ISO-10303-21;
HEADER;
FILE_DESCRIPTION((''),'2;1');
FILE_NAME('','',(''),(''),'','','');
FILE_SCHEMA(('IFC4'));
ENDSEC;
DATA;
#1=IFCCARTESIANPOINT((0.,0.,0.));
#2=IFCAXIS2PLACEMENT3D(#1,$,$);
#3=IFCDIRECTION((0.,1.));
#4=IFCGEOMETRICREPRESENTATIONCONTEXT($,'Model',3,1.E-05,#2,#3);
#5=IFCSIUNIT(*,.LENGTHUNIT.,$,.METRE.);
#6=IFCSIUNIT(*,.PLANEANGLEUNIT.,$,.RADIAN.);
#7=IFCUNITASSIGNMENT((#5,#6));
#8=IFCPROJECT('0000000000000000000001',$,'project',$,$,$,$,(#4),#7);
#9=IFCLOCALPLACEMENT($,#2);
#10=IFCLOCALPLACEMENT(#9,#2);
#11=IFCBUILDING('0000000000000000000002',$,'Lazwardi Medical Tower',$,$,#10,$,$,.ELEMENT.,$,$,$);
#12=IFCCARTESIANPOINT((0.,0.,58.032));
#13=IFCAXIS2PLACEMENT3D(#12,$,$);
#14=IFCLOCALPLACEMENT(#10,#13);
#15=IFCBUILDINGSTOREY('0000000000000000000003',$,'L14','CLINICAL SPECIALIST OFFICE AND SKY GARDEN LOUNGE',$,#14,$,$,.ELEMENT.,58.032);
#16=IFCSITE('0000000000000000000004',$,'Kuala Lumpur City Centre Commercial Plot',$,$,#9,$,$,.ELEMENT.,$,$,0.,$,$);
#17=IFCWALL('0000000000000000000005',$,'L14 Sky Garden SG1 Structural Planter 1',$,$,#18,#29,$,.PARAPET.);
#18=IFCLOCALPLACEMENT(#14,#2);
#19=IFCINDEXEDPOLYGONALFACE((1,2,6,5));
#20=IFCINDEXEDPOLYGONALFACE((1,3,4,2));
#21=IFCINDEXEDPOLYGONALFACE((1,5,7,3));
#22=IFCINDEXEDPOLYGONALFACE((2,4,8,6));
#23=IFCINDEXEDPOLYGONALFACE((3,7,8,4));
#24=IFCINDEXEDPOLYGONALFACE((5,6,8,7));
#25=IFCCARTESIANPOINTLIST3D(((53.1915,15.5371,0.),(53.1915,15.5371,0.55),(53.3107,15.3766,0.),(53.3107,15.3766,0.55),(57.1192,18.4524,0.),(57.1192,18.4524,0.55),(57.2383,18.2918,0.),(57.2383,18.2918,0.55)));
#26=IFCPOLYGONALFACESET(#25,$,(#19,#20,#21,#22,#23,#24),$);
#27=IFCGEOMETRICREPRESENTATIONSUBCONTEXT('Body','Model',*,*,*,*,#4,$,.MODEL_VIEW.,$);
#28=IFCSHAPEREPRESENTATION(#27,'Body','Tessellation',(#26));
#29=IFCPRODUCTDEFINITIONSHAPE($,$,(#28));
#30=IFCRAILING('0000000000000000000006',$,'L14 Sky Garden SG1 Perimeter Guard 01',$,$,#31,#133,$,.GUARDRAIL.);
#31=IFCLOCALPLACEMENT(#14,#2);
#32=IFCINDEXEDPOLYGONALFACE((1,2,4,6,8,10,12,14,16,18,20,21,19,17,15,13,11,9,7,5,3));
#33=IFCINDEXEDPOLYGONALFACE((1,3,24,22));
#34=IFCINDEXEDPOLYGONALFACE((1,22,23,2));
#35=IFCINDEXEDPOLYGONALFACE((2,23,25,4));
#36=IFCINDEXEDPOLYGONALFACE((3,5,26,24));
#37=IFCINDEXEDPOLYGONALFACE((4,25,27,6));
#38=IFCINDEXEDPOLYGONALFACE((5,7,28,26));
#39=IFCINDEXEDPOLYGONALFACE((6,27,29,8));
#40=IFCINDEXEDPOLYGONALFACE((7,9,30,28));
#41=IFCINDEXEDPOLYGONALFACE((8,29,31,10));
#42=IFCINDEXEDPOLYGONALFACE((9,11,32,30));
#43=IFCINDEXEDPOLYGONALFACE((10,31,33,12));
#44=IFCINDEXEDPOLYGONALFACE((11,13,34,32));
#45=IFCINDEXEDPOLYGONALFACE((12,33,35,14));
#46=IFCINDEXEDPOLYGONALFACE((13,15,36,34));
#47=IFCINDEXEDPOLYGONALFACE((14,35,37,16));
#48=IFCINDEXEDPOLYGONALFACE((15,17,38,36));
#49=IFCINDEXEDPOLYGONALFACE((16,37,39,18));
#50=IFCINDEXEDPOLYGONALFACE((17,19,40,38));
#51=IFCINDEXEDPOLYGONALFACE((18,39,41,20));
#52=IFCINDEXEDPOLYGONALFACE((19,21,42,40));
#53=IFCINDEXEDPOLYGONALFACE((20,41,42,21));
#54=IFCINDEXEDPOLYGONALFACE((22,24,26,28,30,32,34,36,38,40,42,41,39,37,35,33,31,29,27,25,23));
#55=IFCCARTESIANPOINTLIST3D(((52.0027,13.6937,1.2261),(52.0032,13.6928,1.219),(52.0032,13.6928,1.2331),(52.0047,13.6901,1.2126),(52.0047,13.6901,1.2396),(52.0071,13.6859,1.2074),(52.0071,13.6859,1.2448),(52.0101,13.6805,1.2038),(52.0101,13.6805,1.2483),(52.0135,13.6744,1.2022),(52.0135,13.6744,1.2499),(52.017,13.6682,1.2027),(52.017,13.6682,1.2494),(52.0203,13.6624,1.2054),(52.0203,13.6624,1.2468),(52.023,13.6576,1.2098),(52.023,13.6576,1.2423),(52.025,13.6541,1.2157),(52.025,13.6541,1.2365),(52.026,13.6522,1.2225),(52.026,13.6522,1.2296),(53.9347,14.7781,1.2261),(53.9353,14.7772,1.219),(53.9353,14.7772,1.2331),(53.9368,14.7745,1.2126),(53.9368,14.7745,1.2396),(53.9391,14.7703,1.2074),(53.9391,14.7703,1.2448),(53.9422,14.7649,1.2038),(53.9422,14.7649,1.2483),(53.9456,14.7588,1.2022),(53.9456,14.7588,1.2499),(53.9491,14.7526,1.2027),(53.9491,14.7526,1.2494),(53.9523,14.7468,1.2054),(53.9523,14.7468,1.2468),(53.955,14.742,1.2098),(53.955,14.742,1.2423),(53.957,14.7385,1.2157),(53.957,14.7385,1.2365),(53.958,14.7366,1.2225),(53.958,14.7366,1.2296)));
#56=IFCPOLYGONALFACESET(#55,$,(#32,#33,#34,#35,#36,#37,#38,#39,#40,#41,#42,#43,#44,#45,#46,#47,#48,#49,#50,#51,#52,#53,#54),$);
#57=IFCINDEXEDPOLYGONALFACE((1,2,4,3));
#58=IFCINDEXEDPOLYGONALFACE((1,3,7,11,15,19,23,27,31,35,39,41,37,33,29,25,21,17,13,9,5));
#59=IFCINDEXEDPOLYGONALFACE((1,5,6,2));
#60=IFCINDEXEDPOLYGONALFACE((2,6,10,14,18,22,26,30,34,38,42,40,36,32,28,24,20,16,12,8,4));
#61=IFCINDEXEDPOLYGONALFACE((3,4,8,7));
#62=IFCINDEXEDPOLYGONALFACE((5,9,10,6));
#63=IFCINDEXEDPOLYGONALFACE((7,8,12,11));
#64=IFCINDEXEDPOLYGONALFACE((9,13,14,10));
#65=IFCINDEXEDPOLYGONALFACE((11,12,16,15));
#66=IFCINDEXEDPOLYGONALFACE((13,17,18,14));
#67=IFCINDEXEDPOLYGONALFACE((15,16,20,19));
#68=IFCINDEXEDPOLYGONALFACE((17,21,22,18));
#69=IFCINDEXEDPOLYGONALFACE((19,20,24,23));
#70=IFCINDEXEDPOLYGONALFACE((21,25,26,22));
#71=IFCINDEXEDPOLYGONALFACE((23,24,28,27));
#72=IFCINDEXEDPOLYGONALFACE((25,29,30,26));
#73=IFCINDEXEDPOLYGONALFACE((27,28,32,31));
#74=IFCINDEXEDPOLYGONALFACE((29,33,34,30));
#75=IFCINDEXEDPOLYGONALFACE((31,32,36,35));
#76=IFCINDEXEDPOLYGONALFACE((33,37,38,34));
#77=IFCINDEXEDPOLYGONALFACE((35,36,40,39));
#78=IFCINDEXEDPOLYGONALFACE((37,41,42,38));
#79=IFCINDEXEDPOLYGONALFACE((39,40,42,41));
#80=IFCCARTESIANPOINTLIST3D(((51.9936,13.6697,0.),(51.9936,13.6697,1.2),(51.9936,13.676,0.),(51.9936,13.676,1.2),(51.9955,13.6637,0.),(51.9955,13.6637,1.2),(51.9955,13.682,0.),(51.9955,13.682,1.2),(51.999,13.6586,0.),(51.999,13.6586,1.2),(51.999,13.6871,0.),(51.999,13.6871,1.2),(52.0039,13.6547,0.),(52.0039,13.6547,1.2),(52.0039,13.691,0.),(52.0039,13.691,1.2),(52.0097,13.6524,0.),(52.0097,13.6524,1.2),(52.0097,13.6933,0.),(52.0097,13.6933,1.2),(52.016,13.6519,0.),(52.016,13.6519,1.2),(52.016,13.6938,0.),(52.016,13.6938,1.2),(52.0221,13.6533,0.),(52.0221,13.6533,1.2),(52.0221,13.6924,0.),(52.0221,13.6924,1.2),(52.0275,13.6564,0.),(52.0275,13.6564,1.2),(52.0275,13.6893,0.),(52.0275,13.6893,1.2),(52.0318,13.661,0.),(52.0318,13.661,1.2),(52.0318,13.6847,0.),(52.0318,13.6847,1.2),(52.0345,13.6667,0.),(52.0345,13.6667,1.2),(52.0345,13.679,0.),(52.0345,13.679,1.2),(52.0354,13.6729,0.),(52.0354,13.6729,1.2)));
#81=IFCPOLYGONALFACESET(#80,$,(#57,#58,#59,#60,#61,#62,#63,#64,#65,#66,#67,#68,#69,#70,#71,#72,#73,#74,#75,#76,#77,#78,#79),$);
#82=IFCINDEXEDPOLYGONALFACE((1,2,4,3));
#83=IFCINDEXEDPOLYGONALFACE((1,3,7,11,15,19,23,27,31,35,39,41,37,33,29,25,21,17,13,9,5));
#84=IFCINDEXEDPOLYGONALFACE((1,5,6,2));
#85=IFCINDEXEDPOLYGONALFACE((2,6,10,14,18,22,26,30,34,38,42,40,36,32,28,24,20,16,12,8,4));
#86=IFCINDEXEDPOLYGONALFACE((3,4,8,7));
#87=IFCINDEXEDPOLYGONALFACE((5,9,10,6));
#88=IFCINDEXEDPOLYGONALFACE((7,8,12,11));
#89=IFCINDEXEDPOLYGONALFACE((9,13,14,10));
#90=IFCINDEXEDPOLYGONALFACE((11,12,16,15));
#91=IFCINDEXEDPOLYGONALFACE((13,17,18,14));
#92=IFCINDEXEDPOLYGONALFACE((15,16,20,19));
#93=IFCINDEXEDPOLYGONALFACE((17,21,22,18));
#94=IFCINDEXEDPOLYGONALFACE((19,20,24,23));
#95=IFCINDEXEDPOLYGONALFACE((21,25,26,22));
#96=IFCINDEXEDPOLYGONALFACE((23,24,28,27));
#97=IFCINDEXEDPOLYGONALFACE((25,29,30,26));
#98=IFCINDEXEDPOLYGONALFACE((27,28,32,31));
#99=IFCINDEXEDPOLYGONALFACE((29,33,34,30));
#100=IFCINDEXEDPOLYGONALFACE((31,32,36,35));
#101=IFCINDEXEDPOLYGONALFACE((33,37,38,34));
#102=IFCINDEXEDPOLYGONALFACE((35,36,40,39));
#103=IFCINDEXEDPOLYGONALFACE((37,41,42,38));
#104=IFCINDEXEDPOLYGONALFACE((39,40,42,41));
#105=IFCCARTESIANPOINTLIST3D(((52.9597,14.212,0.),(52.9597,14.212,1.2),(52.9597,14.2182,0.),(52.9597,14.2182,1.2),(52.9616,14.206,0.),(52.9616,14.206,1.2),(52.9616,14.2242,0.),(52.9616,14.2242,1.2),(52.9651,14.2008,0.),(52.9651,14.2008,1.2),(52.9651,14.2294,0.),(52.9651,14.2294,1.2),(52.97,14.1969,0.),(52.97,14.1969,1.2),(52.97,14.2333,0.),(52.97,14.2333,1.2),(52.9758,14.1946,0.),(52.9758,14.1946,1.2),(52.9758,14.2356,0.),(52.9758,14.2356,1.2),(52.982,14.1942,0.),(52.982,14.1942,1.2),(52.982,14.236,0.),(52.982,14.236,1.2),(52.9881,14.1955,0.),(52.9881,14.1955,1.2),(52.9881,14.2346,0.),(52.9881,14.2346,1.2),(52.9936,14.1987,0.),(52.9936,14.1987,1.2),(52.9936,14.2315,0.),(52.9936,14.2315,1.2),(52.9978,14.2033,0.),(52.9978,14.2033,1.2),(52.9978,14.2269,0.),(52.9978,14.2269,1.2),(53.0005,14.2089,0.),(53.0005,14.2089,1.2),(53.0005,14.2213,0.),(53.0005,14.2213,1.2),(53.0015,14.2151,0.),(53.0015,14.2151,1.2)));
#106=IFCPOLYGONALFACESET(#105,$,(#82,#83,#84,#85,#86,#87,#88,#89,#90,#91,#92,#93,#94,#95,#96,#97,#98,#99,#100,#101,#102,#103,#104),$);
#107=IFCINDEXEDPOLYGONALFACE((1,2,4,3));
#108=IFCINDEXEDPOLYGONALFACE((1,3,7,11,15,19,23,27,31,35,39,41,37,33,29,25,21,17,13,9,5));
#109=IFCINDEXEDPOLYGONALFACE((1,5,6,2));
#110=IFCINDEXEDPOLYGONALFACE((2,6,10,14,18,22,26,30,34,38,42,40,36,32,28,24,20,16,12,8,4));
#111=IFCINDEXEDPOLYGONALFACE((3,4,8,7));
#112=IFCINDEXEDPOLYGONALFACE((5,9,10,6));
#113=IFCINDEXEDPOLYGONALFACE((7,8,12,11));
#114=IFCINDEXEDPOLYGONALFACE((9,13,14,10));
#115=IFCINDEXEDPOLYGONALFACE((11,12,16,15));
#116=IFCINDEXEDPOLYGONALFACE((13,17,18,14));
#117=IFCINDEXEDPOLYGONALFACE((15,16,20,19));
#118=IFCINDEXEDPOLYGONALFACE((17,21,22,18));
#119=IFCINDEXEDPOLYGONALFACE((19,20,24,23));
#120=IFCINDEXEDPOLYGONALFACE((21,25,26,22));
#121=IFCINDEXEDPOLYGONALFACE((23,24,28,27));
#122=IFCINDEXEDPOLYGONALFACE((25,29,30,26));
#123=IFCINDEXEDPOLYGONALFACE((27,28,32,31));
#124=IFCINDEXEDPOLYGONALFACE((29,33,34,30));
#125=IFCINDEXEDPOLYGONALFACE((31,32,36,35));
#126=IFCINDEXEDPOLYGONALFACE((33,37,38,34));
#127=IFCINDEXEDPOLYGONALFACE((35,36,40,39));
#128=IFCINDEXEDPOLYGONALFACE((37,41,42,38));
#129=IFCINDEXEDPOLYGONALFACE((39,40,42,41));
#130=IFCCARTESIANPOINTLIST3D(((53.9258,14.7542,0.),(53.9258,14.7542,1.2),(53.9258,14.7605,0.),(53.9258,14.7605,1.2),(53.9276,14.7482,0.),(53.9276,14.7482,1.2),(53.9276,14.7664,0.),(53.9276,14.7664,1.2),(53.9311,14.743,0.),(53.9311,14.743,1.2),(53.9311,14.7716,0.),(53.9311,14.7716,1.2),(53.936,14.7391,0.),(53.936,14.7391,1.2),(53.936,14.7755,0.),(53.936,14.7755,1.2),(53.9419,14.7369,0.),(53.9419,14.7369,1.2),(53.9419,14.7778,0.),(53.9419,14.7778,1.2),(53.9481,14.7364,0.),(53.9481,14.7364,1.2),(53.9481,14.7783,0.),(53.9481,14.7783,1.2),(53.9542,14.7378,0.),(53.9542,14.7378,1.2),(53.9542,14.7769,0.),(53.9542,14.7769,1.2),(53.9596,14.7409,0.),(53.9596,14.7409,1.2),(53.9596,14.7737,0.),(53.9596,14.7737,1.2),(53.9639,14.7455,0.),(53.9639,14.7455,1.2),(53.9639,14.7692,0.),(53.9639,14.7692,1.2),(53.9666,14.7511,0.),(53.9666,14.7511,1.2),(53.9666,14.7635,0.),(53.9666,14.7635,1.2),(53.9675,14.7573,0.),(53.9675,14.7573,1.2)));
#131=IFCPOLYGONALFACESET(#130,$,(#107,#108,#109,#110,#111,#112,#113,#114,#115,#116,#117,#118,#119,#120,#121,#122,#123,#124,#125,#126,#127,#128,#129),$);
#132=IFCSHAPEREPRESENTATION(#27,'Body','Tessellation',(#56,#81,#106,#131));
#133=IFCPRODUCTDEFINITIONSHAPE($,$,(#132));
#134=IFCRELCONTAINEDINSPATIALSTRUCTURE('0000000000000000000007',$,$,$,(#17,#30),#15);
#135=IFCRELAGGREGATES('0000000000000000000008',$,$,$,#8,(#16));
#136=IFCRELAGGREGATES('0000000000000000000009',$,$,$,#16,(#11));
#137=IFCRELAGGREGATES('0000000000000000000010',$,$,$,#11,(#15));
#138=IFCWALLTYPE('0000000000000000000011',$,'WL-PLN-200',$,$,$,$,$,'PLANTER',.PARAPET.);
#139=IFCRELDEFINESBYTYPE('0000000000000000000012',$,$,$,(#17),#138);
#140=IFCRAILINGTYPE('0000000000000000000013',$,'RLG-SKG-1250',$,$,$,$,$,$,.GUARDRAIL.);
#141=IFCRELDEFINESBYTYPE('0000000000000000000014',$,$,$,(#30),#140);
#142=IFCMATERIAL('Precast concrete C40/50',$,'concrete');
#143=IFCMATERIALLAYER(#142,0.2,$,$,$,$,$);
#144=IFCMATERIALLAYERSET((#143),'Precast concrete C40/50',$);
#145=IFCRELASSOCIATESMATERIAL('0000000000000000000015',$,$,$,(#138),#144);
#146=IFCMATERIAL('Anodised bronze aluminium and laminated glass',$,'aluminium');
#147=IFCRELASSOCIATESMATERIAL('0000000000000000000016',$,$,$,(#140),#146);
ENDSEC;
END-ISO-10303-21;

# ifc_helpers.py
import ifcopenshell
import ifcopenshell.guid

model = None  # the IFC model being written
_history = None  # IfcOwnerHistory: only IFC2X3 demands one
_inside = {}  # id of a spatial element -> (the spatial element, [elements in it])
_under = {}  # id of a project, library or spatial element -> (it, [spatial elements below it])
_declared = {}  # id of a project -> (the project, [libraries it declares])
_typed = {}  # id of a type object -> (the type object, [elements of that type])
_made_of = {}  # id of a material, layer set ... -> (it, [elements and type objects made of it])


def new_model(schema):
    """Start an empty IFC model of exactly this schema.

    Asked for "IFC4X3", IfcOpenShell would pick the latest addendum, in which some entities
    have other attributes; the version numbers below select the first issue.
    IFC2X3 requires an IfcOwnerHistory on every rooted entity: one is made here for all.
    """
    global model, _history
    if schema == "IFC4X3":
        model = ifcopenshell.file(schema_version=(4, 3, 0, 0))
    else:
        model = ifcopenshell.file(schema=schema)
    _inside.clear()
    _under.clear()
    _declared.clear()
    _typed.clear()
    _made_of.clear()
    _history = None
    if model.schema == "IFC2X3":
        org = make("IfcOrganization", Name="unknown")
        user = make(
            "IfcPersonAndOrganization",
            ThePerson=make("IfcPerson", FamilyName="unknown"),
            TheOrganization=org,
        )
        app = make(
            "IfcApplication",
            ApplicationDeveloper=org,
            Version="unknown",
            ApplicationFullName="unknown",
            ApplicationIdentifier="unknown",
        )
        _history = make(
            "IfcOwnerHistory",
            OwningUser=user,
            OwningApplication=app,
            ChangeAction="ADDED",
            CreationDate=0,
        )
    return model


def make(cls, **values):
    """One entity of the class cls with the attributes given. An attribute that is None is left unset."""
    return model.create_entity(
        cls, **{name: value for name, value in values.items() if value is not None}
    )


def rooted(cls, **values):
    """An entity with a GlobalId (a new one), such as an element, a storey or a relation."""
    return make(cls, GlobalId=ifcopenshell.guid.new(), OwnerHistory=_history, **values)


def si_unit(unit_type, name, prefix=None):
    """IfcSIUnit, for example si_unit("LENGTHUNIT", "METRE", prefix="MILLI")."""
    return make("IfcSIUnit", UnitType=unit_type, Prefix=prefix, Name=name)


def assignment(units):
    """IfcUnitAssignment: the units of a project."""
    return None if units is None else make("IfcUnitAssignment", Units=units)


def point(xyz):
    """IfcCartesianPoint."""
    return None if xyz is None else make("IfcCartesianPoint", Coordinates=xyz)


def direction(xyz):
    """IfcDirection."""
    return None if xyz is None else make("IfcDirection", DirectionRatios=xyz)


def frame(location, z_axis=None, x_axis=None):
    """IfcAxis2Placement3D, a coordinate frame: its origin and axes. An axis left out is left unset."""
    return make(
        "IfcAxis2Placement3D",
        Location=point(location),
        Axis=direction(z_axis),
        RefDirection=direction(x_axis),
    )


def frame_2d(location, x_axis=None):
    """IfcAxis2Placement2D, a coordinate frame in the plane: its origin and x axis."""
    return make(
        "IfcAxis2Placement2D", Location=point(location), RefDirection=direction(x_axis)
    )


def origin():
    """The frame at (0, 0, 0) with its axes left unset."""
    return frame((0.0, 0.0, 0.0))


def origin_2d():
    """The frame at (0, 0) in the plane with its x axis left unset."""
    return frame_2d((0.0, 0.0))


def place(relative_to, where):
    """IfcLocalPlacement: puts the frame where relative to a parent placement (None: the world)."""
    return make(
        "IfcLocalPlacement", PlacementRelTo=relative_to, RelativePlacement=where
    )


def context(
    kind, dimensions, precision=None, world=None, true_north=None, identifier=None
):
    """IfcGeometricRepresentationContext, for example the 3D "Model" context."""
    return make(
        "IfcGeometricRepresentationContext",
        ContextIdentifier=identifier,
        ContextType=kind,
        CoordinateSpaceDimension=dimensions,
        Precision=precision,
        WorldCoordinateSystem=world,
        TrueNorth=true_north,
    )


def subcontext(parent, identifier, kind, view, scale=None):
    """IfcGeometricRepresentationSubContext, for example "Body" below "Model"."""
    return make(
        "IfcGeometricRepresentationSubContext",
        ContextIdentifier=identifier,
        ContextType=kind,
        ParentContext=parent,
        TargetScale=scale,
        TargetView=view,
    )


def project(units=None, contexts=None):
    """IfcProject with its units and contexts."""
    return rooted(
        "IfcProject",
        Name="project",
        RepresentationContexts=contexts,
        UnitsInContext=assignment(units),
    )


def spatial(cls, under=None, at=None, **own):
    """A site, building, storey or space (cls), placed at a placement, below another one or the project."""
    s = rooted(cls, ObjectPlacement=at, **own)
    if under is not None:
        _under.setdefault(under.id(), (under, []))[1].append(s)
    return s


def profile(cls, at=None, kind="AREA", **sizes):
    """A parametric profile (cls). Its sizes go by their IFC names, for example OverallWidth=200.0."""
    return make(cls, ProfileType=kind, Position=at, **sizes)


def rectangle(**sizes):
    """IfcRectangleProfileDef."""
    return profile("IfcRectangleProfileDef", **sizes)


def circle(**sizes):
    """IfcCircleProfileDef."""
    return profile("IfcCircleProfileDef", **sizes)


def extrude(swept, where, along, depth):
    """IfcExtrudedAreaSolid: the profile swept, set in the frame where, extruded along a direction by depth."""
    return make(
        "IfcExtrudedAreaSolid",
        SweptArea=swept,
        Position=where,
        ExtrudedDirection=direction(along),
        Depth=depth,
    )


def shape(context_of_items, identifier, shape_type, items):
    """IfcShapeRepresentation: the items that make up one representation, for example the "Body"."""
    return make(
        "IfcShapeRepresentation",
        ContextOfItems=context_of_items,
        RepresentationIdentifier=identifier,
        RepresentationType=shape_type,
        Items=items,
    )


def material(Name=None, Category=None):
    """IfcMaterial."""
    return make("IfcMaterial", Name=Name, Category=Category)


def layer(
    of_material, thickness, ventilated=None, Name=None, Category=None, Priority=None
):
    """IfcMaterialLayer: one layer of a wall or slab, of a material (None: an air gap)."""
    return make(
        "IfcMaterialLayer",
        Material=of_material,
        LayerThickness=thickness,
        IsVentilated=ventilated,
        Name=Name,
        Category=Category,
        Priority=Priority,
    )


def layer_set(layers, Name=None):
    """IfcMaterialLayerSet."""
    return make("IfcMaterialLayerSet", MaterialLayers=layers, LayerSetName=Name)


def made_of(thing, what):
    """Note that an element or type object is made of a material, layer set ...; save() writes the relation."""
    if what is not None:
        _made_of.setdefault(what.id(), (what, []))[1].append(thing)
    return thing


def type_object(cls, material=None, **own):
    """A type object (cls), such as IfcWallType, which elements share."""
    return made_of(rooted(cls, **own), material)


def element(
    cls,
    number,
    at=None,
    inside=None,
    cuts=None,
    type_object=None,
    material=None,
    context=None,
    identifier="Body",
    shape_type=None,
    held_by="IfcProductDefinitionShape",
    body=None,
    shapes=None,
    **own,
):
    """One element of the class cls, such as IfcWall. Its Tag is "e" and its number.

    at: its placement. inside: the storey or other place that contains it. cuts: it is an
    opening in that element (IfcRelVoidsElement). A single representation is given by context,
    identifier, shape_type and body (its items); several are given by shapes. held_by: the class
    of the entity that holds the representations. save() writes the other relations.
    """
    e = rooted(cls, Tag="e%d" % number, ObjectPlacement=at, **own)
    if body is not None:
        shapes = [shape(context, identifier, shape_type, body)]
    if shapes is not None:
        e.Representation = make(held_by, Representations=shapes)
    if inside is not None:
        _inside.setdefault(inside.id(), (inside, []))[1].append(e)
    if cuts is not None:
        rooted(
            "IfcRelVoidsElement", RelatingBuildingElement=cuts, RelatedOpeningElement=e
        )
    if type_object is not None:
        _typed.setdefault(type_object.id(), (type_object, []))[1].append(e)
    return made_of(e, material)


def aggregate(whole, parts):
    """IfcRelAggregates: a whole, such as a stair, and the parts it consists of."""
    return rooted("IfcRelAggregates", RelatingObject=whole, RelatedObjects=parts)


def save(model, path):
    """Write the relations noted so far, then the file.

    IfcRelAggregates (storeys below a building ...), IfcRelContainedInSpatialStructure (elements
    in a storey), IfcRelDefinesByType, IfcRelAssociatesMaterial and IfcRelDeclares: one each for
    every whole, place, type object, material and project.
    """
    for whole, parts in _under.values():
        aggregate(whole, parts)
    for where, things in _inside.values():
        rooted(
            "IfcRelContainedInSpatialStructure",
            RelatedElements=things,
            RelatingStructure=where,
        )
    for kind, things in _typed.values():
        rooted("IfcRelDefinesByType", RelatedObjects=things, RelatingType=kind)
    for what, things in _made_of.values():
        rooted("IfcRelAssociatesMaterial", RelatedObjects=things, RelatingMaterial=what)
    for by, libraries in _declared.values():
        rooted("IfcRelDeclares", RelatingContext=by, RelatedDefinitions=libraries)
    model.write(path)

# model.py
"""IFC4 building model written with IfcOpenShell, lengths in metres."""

from ifc_helpers import new_model, si_unit, direction, frame, frame_2d, origin, origin_2d, place, context, subcontext, project, spatial, rectangle, circle, extrude, material, layer, layer_set, type_object, element, save


model = new_model("IFC4")

# Units and contexts
model_context = context("Model", 3, precision=1e-05, world=origin(), true_north=direction((0.0, 1.0)))
body_context = subcontext(model_context, "Body", "Model", "MODEL_VIEW")
ifc_project = project(units=[si_unit("LENGTHUNIT", "METRE"), si_unit("PLANEANGLEUNIT", "RADIAN")], contexts=[model_context])

# Site, building, storey
site_placement = place(None, origin())
site = spatial("IfcSite", under=ifc_project, at=site_placement, Name="Kuala Lumpur City Centre Commercial Plot", CompositionType="ELEMENT", RefElevation=0.0)
building_placement = place(site_placement, origin())
building = spatial("IfcBuilding", under=site, at=building_placement, Name="Lazwardi Medical Tower", CompositionType="ELEMENT")
storey_placement = place(building_placement, frame((0.0, 0.0, 58.032)))
storey = spatial("IfcBuildingStorey", under=building, at=storey_placement, Name="L14", Description="CLINICAL SPECIALIST OFFICE AND SKY GARDEN LOUNGE", CompositionType="ELEMENT", Elevation=58.032)

# Shared definitions
ifc_material_1 = material(Name="Anodised bronze aluminium and laminated glass", Category="aluminium")

# Wall
ifc_material_2 = material(Name="Precast concrete C40/50", Category="concrete")
ifc_layer_1 = layer(ifc_material_2, 0.2)
ifc_layer_set_1 = layer_set([ifc_layer_1], Name="Precast concrete C40/50")
wall_type_1 = type_object("IfcWallType", Name="WL-PLN-200", ElementType="PLANTER", PredefinedType="PARAPET", material=ifc_layer_set_1)
wall_1_placement = place(storey_placement, frame((53.251, 15.4568, 0.0), z_axis=(0.0, 0.0, 1.0), x_axis=(0.802985, 0.596, 0.0)))
element("IfcWall", 1, at=wall_1_placement, inside=storey, type_object=wall_type_1, Name="L14 Sky Garden SG1 Structural Planter 1", PredefinedType="PARAPET", context=body_context, shape_type="SweptSolid", body=[
    extrude(rectangle(XDim=4.8914, YDim=0.2, at=frame_2d((2.4458, 0.0))), origin(), (0.0, 0.0, 1.0), 0.55),
])

# Railing
railing_type = type_object("IfcRailingType", Name="RLG-SKG-1250", PredefinedType="GUARDRAIL", material=ifc_material_1)
railing_1_placement = place(storey_placement, frame((52.0144, 13.6729, 0.0)))
element("IfcRailing", 2, at=railing_1_placement, inside=storey, type_object=railing_type, Name="L14 Sky Garden SG1 Perimeter Guard 01", PredefinedType="GUARDRAIL", context=body_context, shape_type="SweptSolid", body=[
    extrude(circle(Radius=0.0239, at=origin_2d()), frame((0.0, 0.0, 1.2261), z_axis=(0.872028, 0.489455, 0.0), x_axis=(-0.489455, 0.872028, 0.0)), (0.0, 0.0, 1.0), 2.2156),
    extrude(circle(Radius=0.021, at=origin_2d()), origin(), (0.0, 0.0, 1.0), 1.2),
    extrude(circle(Radius=0.021, at=origin_2d()), frame((0.9661, 0.5422, 0.0)), (0.0, 0.0, 1.0), 1.2),
    extrude(circle(Radius=0.021, at=origin_2d()), frame((1.9321, 1.0845, 0.0)), (0.0, 0.0, 1.0), 1.2),
])

save(model, "model.ifc")
